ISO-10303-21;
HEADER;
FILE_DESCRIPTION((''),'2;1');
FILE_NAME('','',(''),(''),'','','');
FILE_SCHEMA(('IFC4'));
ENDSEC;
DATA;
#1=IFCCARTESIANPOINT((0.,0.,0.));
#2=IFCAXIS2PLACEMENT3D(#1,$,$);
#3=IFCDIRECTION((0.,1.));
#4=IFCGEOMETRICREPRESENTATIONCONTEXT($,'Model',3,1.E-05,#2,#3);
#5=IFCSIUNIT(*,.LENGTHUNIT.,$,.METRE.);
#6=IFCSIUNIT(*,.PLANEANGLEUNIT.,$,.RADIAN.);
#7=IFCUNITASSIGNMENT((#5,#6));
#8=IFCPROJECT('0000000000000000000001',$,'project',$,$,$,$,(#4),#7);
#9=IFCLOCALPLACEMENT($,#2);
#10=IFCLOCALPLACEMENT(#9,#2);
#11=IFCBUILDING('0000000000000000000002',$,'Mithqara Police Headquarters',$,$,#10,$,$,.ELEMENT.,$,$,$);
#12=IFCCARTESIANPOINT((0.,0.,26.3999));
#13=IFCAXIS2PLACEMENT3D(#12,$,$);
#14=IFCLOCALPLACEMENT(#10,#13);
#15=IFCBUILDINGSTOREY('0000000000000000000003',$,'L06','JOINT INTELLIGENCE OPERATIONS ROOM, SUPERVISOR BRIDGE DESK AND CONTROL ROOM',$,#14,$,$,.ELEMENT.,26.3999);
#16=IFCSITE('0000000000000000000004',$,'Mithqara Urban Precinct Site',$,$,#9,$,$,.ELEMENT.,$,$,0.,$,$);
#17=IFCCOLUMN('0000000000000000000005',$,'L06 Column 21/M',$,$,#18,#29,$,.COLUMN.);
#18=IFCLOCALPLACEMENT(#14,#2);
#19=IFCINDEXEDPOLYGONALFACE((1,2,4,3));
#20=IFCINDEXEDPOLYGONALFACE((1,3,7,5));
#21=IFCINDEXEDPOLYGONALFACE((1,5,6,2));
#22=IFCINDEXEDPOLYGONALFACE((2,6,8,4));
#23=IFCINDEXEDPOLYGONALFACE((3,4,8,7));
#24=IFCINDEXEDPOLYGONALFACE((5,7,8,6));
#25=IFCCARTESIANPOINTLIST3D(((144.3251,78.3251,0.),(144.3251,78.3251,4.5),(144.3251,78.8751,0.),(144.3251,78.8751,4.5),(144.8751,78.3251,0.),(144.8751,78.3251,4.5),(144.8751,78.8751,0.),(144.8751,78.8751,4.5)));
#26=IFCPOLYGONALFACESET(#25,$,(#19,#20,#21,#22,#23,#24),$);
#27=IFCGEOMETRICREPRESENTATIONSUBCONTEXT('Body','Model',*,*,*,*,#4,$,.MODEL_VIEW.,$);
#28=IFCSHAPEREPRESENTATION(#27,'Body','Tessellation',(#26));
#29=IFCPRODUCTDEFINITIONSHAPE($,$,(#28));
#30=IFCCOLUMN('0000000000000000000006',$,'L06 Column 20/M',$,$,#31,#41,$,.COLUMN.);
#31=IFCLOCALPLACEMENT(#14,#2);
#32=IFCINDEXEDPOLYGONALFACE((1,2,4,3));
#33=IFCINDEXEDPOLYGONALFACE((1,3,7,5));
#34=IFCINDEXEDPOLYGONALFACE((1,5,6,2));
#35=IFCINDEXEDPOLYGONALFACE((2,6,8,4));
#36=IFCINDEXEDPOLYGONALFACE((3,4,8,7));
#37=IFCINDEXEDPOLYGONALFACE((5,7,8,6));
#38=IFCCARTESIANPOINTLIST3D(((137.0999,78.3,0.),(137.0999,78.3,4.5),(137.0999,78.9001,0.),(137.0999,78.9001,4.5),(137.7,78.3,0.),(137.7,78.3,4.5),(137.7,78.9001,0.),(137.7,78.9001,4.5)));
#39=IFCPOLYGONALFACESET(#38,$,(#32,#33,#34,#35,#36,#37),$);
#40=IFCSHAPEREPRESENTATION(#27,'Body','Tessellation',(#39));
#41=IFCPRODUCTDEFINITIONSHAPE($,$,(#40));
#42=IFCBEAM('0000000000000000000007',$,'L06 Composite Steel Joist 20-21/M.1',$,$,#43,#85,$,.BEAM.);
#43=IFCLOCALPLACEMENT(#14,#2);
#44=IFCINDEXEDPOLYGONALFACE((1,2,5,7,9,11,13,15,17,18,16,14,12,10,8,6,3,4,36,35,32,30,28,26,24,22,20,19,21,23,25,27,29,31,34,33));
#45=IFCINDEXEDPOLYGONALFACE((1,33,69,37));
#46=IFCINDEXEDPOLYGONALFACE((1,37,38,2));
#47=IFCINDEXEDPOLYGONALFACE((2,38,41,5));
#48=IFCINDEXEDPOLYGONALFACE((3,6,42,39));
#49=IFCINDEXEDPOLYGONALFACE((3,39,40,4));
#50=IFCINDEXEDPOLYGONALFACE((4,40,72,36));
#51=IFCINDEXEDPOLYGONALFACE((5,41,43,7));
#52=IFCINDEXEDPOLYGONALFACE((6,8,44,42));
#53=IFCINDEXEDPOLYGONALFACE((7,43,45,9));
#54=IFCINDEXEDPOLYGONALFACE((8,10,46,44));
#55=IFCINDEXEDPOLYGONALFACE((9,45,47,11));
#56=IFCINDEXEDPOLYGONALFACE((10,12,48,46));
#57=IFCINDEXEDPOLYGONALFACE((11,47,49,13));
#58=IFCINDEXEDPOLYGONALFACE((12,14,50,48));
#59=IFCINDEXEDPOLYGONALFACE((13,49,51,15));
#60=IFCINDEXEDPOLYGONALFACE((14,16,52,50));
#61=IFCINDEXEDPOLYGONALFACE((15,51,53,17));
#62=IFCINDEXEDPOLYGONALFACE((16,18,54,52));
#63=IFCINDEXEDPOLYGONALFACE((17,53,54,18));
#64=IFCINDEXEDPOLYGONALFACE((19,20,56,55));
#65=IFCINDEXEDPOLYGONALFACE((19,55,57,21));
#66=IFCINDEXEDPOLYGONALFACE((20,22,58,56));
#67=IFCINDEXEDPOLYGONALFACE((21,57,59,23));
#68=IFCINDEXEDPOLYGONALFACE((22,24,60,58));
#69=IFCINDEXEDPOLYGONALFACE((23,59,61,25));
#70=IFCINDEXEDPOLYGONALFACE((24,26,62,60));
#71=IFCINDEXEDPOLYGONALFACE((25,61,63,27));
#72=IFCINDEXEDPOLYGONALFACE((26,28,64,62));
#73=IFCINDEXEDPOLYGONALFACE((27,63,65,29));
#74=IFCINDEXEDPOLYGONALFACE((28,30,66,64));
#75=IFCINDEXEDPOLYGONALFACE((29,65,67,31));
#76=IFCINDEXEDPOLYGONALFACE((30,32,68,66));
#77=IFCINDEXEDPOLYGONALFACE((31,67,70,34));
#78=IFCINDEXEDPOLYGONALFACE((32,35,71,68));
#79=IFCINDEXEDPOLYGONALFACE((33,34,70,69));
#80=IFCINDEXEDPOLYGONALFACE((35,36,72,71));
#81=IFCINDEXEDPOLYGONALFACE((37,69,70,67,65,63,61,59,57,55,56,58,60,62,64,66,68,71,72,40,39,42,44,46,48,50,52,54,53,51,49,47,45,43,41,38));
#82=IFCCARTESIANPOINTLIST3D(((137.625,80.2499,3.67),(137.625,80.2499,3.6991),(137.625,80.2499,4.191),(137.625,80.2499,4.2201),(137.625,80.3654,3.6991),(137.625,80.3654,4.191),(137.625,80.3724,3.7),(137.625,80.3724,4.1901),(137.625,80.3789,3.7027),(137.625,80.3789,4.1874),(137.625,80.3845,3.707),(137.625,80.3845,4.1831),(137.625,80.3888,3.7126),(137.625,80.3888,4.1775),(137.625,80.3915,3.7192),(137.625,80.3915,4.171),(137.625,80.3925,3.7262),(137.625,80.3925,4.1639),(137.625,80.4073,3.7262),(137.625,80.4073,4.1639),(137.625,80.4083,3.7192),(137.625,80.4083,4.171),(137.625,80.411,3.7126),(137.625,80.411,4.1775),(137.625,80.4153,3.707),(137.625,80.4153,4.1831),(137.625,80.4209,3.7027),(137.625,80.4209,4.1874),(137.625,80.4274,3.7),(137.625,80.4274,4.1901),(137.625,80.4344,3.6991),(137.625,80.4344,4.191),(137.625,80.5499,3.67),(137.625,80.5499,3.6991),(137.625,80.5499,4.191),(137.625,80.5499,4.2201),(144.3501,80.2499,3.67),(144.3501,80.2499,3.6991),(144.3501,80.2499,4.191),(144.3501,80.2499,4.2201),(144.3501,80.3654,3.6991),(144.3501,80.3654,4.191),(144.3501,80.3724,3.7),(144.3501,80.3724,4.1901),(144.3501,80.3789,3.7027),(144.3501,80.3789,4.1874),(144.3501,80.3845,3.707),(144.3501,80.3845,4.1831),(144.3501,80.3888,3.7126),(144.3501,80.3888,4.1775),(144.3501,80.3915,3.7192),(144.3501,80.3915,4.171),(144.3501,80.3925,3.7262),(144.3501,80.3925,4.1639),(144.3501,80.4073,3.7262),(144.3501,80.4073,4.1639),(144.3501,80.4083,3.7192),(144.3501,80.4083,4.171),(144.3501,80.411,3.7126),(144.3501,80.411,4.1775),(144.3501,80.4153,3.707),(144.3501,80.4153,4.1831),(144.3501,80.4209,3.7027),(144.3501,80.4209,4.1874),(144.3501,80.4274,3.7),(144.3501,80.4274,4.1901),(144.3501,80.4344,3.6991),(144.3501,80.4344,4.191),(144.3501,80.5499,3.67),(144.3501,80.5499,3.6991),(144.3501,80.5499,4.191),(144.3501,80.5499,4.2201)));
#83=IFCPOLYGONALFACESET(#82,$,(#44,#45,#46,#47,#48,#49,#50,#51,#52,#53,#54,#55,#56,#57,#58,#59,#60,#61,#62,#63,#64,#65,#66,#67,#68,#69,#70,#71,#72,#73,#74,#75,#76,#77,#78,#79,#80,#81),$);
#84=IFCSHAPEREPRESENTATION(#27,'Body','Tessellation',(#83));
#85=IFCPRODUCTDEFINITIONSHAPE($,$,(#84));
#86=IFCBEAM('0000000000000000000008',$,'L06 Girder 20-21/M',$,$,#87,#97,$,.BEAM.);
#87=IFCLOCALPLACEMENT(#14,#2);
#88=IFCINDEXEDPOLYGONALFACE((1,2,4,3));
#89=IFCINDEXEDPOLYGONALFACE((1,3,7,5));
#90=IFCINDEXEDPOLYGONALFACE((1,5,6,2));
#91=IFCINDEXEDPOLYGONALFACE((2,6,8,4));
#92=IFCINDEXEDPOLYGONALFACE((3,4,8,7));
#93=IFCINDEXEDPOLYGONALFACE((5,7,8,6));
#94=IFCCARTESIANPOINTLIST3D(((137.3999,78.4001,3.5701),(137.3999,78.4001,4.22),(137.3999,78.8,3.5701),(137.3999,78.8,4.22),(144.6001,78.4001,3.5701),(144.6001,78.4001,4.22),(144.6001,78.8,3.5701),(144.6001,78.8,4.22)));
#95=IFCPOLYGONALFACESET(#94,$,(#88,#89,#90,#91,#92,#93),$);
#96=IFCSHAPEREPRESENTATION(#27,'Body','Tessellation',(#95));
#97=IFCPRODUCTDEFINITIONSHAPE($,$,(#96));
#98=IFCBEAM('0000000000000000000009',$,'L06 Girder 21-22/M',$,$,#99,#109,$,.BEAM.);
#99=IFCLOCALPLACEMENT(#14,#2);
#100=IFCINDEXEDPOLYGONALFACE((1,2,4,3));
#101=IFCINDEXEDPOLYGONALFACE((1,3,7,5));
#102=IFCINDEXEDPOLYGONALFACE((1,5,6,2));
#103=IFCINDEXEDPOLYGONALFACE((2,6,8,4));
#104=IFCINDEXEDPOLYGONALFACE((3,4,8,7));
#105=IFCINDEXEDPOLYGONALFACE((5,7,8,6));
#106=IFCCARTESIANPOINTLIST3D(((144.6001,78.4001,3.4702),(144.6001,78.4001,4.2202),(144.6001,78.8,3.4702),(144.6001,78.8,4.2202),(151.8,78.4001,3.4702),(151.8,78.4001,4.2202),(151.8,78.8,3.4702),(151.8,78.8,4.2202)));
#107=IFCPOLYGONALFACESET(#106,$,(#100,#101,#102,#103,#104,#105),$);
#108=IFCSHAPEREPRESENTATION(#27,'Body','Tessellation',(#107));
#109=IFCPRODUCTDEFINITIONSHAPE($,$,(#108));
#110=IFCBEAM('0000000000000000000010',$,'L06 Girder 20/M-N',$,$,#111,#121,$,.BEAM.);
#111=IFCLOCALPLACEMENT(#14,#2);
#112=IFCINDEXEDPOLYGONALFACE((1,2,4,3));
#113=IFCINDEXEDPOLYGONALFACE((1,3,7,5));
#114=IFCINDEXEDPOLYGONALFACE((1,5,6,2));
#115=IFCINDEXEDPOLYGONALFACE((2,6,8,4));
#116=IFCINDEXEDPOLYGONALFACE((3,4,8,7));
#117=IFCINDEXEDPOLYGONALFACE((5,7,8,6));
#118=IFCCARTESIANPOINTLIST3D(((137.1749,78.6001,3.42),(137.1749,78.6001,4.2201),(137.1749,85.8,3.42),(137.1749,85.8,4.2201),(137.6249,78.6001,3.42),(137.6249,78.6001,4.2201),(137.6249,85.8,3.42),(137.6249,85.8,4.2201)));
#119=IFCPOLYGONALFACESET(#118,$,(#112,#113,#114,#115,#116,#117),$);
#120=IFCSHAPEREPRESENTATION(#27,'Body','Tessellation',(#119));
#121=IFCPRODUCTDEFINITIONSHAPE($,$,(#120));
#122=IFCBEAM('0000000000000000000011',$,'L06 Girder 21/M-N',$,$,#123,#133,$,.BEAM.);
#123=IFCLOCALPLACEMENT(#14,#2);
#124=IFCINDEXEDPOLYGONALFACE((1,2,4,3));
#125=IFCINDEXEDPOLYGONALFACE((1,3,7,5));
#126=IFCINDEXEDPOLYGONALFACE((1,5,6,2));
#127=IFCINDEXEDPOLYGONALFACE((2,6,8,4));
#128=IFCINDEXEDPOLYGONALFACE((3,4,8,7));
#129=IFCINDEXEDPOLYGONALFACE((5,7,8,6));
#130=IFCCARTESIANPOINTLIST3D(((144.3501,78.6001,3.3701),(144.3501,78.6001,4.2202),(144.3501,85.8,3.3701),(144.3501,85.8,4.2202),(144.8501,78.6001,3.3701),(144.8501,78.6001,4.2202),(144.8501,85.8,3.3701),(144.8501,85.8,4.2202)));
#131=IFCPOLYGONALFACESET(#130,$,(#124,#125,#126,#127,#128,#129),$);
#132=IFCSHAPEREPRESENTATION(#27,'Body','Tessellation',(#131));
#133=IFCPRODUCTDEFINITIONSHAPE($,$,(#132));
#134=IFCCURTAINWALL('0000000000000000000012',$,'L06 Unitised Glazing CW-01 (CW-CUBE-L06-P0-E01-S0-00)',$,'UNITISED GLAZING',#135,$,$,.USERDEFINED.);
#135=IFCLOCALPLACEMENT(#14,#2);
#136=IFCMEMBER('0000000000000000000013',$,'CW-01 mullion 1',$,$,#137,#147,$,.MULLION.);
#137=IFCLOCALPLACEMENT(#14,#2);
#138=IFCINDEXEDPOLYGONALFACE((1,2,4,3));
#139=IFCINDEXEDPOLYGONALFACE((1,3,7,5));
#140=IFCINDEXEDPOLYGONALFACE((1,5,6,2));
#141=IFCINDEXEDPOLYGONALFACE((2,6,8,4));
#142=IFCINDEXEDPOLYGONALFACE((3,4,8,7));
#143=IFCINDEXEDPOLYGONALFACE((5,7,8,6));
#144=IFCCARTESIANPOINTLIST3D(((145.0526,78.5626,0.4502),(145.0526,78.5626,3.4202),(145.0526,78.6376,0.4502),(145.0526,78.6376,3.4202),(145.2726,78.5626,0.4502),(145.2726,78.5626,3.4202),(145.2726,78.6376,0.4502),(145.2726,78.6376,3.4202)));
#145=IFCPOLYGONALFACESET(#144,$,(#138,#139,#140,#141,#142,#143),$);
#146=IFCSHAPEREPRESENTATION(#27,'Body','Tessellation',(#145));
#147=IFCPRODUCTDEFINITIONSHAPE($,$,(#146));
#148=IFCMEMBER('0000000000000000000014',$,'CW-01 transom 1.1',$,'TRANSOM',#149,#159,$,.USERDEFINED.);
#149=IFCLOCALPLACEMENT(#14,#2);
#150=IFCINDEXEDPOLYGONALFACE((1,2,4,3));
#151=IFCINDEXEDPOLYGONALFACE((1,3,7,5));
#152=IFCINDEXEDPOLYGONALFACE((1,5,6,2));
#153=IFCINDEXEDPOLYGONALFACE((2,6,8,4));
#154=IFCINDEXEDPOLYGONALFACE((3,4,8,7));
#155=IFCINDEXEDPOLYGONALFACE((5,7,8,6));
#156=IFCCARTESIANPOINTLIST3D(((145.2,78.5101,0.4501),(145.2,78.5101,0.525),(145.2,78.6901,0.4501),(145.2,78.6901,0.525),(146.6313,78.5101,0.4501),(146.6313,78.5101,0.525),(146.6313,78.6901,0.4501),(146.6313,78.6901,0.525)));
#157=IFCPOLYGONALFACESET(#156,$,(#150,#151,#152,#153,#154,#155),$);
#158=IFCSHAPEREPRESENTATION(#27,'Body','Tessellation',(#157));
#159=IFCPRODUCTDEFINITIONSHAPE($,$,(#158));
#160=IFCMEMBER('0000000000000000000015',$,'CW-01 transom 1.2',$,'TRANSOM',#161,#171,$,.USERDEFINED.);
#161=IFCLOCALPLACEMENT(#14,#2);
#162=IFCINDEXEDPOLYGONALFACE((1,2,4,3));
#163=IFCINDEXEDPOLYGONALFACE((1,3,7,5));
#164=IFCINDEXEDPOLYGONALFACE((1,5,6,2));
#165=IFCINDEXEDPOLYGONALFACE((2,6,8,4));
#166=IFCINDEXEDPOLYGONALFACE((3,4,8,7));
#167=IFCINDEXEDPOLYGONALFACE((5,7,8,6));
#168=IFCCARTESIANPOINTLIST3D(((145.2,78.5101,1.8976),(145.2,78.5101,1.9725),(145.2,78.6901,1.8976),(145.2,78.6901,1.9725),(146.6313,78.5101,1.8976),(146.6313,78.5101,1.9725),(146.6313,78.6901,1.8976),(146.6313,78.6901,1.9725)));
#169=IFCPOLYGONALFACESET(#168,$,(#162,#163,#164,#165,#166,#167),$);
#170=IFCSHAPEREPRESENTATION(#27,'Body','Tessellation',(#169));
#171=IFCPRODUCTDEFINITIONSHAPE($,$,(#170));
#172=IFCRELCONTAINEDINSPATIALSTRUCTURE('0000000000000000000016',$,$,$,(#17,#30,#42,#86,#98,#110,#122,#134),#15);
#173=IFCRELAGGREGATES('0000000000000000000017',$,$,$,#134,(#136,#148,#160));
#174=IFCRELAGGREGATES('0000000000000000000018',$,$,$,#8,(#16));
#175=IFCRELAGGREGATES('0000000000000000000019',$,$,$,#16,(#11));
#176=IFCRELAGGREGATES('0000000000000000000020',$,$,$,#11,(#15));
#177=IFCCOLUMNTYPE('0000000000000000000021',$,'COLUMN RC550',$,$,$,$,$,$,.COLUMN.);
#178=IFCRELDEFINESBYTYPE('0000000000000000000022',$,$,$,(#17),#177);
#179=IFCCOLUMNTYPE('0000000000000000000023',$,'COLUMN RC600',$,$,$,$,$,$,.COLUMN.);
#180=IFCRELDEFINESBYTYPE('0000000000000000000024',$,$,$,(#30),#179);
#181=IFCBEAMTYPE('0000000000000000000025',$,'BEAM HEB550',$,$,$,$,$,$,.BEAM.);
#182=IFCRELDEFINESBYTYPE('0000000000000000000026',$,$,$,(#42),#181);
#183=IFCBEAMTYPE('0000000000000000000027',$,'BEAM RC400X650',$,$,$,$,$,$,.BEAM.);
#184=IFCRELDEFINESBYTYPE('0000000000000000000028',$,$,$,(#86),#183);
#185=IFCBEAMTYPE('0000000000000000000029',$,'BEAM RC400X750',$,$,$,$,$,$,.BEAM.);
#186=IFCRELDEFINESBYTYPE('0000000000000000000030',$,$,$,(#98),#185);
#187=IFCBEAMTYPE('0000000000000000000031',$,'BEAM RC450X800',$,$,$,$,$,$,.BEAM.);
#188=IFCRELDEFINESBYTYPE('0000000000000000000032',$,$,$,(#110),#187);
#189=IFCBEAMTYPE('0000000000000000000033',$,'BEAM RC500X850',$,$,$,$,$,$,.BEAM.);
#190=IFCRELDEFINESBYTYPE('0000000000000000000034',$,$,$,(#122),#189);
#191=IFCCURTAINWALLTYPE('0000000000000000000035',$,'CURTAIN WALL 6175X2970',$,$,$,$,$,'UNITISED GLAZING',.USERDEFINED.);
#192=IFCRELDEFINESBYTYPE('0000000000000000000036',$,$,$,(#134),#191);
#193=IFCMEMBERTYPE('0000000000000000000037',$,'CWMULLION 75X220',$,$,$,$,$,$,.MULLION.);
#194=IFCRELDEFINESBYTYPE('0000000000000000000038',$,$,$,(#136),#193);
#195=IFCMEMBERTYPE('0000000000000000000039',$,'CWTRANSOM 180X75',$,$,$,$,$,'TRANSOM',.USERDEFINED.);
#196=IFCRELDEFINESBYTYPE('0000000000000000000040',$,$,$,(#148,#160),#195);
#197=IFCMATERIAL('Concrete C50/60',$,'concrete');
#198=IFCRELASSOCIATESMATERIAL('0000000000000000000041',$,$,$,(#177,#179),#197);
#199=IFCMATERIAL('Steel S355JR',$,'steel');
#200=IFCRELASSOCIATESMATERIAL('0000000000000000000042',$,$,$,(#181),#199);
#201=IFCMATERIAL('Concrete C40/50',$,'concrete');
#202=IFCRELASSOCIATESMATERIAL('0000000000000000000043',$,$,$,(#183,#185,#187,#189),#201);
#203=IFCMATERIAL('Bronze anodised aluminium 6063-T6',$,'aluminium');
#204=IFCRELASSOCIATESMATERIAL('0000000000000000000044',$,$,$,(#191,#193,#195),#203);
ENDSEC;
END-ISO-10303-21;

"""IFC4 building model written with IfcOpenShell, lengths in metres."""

from ifc_helpers import new_model, si_unit, direction, frame, origin, origin_2d, place, context, subcontext, project, spatial, rectangle, i_section, extrude, material, material_profile, profile_set, type_object, element, aggregate, save


model = new_model("IFC4")

# Units and contexts
model_context = context("Model", 3, precision=1e-05, world=origin(), true_north=direction((0.0, 1.0)))
body_context = subcontext(model_context, "Body", "Model", "MODEL_VIEW")
ifc_project = project(units=[si_unit("LENGTHUNIT", "METRE"), si_unit("PLANEANGLEUNIT", "RADIAN")], contexts=[model_context])

# Site, building, storey
site_placement = place(None, origin())
site = spatial("IfcSite", under=ifc_project, at=site_placement, Name="Mithqara Urban Precinct Site", CompositionType="ELEMENT", RefElevation=0.0)
building_placement = place(site_placement, origin())
building = spatial("IfcBuilding", under=site, at=building_placement, Name="Mithqara Police Headquarters", CompositionType="ELEMENT")
storey_placement = place(building_placement, frame((0.0, 0.0, 26.3999)))
storey = spatial("IfcBuildingStorey", under=building, at=storey_placement, Name="L06", Description="JOINT INTELLIGENCE OPERATIONS ROOM, SUPERVISOR BRIDGE DESK AND CONTROL ROOM", CompositionType="ELEMENT", Elevation=26.3999)

# Columns
ifc_material_1 = material(Name="Concrete C50/60", Category="concrete")
ifc_material_profile_1 = material_profile(ifc_material_1, rectangle(XDim=0.55, YDim=0.55, at=origin_2d()), Name="RC 550x550")
ifc_profile_set_1 = profile_set([ifc_material_profile_1], Name="Concrete C50/60")
column_type_1 = type_object("IfcColumnType", Name="COLUMN RC550", PredefinedType="COLUMN", material=ifc_profile_set_1)
column_1_placement = place(storey_placement, frame((144.6001, 78.6001, 0.0), z_axis=(0.0, 0.0, 1.0), x_axis=(1.0, 0.0, 0.0)))
element("IfcColumn", 1, at=column_1_placement, inside=storey, type_object=column_type_1, Name="L06 Column 21/M", PredefinedType="COLUMN", context=body_context, shape_type="SweptSolid", body=[
    extrude(rectangle(XDim=0.55, YDim=0.55, at=origin_2d()), origin(), (0.0, 0.0, 1.0), 4.5),
])
ifc_material_profile_2 = material_profile(ifc_material_1, rectangle(XDim=0.6001, YDim=0.6001, at=origin_2d()), Name="RC 600x600")
ifc_profile_set_2 = profile_set([ifc_material_profile_2], Name="Concrete C50/60")
column_type_2 = type_object("IfcColumnType", Name="COLUMN RC600", PredefinedType="COLUMN", material=ifc_profile_set_2)
column_2_placement = place(storey_placement, frame((137.3999, 78.6001, 0.0), z_axis=(0.0, 0.0, 1.0), x_axis=(1.0, 0.0, 0.0)))
element("IfcColumn", 2, at=column_2_placement, inside=storey, type_object=column_type_2, Name="L06 Column 20/M", PredefinedType="COLUMN", context=body_context, shape_type="SweptSolid", body=[
    extrude(rectangle(XDim=0.6001, YDim=0.6001, at=origin_2d()), origin(), (0.0, 0.0, 1.0), 4.5),
])

# Beams
ifc_material_2 = material(Name="Steel S355JR", Category="steel")
ifc_material_profile_3 = material_profile(ifc_material_2, i_section(OverallWidth=0.3, OverallDepth=0.55, WebThickness=0.0149, FlangeThickness=0.0291, FilletRadius=0.0271, at=origin_2d()), Name="HEB 550")
ifc_profile_set_3 = profile_set([ifc_material_profile_3], Name="Steel S355JR")
beam_type_1 = type_object("IfcBeamType", Name="BEAM HEB550", PredefinedType="BEAM", material=ifc_profile_set_3)
beam_1_placement = place(storey_placement, frame((137.625, 80.3999, 3.9451), z_axis=(1.0, 0.0, 0.0), x_axis=(0.0, 1.0, 0.0)))
element("IfcBeam", 3, at=beam_1_placement, inside=storey, type_object=beam_type_1, Name="L06 Composite Steel Joist 20-21/M.1", PredefinedType="BEAM", context=body_context, shape_type="SweptSolid", body=[
    extrude(i_section(OverallWidth=0.3, OverallDepth=0.55, WebThickness=0.0149, FlangeThickness=0.0291, FilletRadius=0.0271, at=origin_2d()), origin(), (0.0, 0.0, 1.0), 6.7251),
])
ifc_material_3 = material(Name="Concrete C40/50", Category="concrete")
ifc_material_profile_4 = material_profile(ifc_material_3, rectangle(XDim=0.3999, YDim=0.6499, at=origin_2d()), Name="RC 400x650")
ifc_profile_set_4 = profile_set([ifc_material_profile_4], Name="Concrete C40/50")
beam_type_2 = type_object("IfcBeamType", Name="BEAM RC400X650", PredefinedType="BEAM", material=ifc_profile_set_4)
beam_2_placement = place(storey_placement, frame((137.3999, 78.6001, 3.895), z_axis=(1.0, 0.0, 0.0), x_axis=(0.0, 1.0, 0.0)))
element("IfcBeam", 4, at=beam_2_placement, inside=storey, type_object=beam_type_2, Name="L06 Girder 20-21/M", PredefinedType="BEAM", context=body_context, shape_type="SweptSolid", body=[
    extrude(rectangle(XDim=0.3999, YDim=0.6499, at=origin_2d()), origin(), (0.0, 0.0, 1.0), 7.2002),
])
ifc_material_profile_5 = material_profile(ifc_material_3, rectangle(XDim=0.3999, YDim=0.75, at=origin_2d()), Name="RC 400x750")
ifc_profile_set_5 = profile_set([ifc_material_profile_5], Name="Concrete C40/50")
beam_type_3 = type_object("IfcBeamType", Name="BEAM RC400X750", PredefinedType="BEAM", material=ifc_profile_set_5)
beam_3_placement = place(storey_placement, frame((144.6001, 78.6001, 3.8452), z_axis=(1.0, 0.0, 0.0), x_axis=(0.0, 1.0, 0.0)))
element("IfcBeam", 5, at=beam_3_placement, inside=storey, type_object=beam_type_3, Name="L06 Girder 21-22/M", PredefinedType="BEAM", context=body_context, shape_type="SweptSolid", body=[
    extrude(rectangle(XDim=0.3999, YDim=0.75, at=origin_2d()), origin(), (0.0, 0.0, 1.0), 7.2),
])
ifc_material_profile_6 = material_profile(ifc_material_3, rectangle(XDim=0.45, YDim=0.8, at=origin_2d()), Name="RC 450x800")
ifc_profile_set_6 = profile_set([ifc_material_profile_6], Name="Concrete C40/50")
beam_type_4 = type_object("IfcBeamType", Name="BEAM RC450X800", PredefinedType="BEAM", material=ifc_profile_set_6)
beam_4_placement = place(storey_placement, frame((137.3999, 78.6001, 3.8201), z_axis=(0.0, 1.0, 0.0), x_axis=(-1.0, 0.0, 0.0)))
element("IfcBeam", 6, at=beam_4_placement, inside=storey, type_object=beam_type_4, Name="L06 Girder 20/M-N", PredefinedType="BEAM", context=body_context, shape_type="SweptSolid", body=[
    extrude(rectangle(XDim=0.45, YDim=0.8, at=origin_2d()), origin(), (0.0, 0.0, 1.0), 7.2),
])
ifc_material_profile_7 = material_profile(ifc_material_3, rectangle(XDim=0.5, YDim=0.8501, at=origin_2d()), Name="RC 500x850")
ifc_profile_set_7 = profile_set([ifc_material_profile_7], Name="Concrete C40/50")
beam_type_5 = type_object("IfcBeamType", Name="BEAM RC500X850", PredefinedType="BEAM", material=ifc_profile_set_7)
beam_5_placement = place(storey_placement, frame((144.6001, 78.6001, 3.7952), z_axis=(0.0, 1.0, 0.0), x_axis=(-1.0, 0.0, 0.0)))
element("IfcBeam", 7, at=beam_5_placement, inside=storey, type_object=beam_type_5, Name="L06 Girder 21/M-N", PredefinedType="BEAM", context=body_context, shape_type="SweptSolid", body=[
    extrude(rectangle(XDim=0.5, YDim=0.8501, at=origin_2d()), origin(), (0.0, 0.0, 1.0), 7.2),
])

# Curtain wall, members
ifc_material_4 = material(Name="Bronze anodised aluminium 6063-T6", Category="aluminium")
curtain_wall_type = type_object("IfcCurtainWallType", Name="CURTAIN WALL 6175X2970", ElementType="UNITISED GLAZING", PredefinedType="USERDEFINED", material=ifc_material_4)
curtain_wall_placement = place(storey_placement, origin())
curtain_wall = element("IfcCurtainWall", 8, at=curtain_wall_placement, inside=storey, type_object=curtain_wall_type, Name="L06 Unitised Glazing CW-01 (CW-CUBE-L06-P0-E01-S0-00)", ObjectType="UNITISED GLAZING", PredefinedType="USERDEFINED")
ifc_material_profile_8 = material_profile(ifc_material_4, rectangle(XDim=0.075, YDim=0.22, at=origin_2d()), Name="CWM 75x220")
ifc_profile_set_8 = profile_set([ifc_material_profile_8], Name="Bronze anodised aluminium 6063-T6")
member_type_1 = type_object("IfcMemberType", Name="CWMULLION 75X220", PredefinedType="MULLION", material=ifc_profile_set_8)
member_1_placement = place(storey_placement, frame((145.1626, 78.6001, 0.4502), z_axis=(0.0, 0.0, 1.0), x_axis=(0.0, 1.0, 0.0)))
member_1 = element("IfcMember", 9, at=member_1_placement, type_object=member_type_1, Name="CW-01 mullion 1", PredefinedType="MULLION", context=body_context, shape_type="SweptSolid", body=[
    extrude(rectangle(XDim=0.075, YDim=0.22, at=origin_2d()), origin(), (0.0, 0.0, 1.0), 2.97),
])
ifc_material_profile_9 = material_profile(ifc_material_4, rectangle(XDim=0.1799, YDim=0.075, at=origin_2d()), Name="CWT 180x75")
ifc_profile_set_9 = profile_set([ifc_material_profile_9], Name="Bronze anodised aluminium 6063-T6")
member_type_2 = type_object("IfcMemberType", Name="CWTRANSOM 180X75", ElementType="TRANSOM", PredefinedType="USERDEFINED", material=ifc_profile_set_9)
member_2_placement = place(storey_placement, frame((145.2, 78.6001, 0.4875), z_axis=(1.0, 0.0, 0.0), x_axis=(0.0, 1.0, 0.0)))
member_2 = element("IfcMember", 10, at=member_2_placement, type_object=member_type_2, Name="CW-01 transom 1.1", ObjectType="TRANSOM", PredefinedType="USERDEFINED", context=body_context, shape_type="SweptSolid", body=[
    extrude(rectangle(XDim=0.1799, YDim=0.075, at=origin_2d()), origin(), (0.0, 0.0, 1.0), 1.4314),
])
member_3_placement = place(storey_placement, frame((145.2, 78.6001, 1.9351), z_axis=(1.0, 0.0, 0.0), x_axis=(0.0, 1.0, 0.0)))
member_3 = element("IfcMember", 11, at=member_3_placement, type_object=member_type_2, Name="CW-01 transom 1.2", ObjectType="TRANSOM", PredefinedType="USERDEFINED", context=body_context, shape_type="SweptSolid", body=[
    extrude(rectangle(XDim=0.1799, YDim=0.075, at=origin_2d()), origin(), (0.0, 0.0, 1.0), 1.4314),
])
aggregate(curtain_wall, [member_1, member_2, member_3])

save(model, "model.ifc")
